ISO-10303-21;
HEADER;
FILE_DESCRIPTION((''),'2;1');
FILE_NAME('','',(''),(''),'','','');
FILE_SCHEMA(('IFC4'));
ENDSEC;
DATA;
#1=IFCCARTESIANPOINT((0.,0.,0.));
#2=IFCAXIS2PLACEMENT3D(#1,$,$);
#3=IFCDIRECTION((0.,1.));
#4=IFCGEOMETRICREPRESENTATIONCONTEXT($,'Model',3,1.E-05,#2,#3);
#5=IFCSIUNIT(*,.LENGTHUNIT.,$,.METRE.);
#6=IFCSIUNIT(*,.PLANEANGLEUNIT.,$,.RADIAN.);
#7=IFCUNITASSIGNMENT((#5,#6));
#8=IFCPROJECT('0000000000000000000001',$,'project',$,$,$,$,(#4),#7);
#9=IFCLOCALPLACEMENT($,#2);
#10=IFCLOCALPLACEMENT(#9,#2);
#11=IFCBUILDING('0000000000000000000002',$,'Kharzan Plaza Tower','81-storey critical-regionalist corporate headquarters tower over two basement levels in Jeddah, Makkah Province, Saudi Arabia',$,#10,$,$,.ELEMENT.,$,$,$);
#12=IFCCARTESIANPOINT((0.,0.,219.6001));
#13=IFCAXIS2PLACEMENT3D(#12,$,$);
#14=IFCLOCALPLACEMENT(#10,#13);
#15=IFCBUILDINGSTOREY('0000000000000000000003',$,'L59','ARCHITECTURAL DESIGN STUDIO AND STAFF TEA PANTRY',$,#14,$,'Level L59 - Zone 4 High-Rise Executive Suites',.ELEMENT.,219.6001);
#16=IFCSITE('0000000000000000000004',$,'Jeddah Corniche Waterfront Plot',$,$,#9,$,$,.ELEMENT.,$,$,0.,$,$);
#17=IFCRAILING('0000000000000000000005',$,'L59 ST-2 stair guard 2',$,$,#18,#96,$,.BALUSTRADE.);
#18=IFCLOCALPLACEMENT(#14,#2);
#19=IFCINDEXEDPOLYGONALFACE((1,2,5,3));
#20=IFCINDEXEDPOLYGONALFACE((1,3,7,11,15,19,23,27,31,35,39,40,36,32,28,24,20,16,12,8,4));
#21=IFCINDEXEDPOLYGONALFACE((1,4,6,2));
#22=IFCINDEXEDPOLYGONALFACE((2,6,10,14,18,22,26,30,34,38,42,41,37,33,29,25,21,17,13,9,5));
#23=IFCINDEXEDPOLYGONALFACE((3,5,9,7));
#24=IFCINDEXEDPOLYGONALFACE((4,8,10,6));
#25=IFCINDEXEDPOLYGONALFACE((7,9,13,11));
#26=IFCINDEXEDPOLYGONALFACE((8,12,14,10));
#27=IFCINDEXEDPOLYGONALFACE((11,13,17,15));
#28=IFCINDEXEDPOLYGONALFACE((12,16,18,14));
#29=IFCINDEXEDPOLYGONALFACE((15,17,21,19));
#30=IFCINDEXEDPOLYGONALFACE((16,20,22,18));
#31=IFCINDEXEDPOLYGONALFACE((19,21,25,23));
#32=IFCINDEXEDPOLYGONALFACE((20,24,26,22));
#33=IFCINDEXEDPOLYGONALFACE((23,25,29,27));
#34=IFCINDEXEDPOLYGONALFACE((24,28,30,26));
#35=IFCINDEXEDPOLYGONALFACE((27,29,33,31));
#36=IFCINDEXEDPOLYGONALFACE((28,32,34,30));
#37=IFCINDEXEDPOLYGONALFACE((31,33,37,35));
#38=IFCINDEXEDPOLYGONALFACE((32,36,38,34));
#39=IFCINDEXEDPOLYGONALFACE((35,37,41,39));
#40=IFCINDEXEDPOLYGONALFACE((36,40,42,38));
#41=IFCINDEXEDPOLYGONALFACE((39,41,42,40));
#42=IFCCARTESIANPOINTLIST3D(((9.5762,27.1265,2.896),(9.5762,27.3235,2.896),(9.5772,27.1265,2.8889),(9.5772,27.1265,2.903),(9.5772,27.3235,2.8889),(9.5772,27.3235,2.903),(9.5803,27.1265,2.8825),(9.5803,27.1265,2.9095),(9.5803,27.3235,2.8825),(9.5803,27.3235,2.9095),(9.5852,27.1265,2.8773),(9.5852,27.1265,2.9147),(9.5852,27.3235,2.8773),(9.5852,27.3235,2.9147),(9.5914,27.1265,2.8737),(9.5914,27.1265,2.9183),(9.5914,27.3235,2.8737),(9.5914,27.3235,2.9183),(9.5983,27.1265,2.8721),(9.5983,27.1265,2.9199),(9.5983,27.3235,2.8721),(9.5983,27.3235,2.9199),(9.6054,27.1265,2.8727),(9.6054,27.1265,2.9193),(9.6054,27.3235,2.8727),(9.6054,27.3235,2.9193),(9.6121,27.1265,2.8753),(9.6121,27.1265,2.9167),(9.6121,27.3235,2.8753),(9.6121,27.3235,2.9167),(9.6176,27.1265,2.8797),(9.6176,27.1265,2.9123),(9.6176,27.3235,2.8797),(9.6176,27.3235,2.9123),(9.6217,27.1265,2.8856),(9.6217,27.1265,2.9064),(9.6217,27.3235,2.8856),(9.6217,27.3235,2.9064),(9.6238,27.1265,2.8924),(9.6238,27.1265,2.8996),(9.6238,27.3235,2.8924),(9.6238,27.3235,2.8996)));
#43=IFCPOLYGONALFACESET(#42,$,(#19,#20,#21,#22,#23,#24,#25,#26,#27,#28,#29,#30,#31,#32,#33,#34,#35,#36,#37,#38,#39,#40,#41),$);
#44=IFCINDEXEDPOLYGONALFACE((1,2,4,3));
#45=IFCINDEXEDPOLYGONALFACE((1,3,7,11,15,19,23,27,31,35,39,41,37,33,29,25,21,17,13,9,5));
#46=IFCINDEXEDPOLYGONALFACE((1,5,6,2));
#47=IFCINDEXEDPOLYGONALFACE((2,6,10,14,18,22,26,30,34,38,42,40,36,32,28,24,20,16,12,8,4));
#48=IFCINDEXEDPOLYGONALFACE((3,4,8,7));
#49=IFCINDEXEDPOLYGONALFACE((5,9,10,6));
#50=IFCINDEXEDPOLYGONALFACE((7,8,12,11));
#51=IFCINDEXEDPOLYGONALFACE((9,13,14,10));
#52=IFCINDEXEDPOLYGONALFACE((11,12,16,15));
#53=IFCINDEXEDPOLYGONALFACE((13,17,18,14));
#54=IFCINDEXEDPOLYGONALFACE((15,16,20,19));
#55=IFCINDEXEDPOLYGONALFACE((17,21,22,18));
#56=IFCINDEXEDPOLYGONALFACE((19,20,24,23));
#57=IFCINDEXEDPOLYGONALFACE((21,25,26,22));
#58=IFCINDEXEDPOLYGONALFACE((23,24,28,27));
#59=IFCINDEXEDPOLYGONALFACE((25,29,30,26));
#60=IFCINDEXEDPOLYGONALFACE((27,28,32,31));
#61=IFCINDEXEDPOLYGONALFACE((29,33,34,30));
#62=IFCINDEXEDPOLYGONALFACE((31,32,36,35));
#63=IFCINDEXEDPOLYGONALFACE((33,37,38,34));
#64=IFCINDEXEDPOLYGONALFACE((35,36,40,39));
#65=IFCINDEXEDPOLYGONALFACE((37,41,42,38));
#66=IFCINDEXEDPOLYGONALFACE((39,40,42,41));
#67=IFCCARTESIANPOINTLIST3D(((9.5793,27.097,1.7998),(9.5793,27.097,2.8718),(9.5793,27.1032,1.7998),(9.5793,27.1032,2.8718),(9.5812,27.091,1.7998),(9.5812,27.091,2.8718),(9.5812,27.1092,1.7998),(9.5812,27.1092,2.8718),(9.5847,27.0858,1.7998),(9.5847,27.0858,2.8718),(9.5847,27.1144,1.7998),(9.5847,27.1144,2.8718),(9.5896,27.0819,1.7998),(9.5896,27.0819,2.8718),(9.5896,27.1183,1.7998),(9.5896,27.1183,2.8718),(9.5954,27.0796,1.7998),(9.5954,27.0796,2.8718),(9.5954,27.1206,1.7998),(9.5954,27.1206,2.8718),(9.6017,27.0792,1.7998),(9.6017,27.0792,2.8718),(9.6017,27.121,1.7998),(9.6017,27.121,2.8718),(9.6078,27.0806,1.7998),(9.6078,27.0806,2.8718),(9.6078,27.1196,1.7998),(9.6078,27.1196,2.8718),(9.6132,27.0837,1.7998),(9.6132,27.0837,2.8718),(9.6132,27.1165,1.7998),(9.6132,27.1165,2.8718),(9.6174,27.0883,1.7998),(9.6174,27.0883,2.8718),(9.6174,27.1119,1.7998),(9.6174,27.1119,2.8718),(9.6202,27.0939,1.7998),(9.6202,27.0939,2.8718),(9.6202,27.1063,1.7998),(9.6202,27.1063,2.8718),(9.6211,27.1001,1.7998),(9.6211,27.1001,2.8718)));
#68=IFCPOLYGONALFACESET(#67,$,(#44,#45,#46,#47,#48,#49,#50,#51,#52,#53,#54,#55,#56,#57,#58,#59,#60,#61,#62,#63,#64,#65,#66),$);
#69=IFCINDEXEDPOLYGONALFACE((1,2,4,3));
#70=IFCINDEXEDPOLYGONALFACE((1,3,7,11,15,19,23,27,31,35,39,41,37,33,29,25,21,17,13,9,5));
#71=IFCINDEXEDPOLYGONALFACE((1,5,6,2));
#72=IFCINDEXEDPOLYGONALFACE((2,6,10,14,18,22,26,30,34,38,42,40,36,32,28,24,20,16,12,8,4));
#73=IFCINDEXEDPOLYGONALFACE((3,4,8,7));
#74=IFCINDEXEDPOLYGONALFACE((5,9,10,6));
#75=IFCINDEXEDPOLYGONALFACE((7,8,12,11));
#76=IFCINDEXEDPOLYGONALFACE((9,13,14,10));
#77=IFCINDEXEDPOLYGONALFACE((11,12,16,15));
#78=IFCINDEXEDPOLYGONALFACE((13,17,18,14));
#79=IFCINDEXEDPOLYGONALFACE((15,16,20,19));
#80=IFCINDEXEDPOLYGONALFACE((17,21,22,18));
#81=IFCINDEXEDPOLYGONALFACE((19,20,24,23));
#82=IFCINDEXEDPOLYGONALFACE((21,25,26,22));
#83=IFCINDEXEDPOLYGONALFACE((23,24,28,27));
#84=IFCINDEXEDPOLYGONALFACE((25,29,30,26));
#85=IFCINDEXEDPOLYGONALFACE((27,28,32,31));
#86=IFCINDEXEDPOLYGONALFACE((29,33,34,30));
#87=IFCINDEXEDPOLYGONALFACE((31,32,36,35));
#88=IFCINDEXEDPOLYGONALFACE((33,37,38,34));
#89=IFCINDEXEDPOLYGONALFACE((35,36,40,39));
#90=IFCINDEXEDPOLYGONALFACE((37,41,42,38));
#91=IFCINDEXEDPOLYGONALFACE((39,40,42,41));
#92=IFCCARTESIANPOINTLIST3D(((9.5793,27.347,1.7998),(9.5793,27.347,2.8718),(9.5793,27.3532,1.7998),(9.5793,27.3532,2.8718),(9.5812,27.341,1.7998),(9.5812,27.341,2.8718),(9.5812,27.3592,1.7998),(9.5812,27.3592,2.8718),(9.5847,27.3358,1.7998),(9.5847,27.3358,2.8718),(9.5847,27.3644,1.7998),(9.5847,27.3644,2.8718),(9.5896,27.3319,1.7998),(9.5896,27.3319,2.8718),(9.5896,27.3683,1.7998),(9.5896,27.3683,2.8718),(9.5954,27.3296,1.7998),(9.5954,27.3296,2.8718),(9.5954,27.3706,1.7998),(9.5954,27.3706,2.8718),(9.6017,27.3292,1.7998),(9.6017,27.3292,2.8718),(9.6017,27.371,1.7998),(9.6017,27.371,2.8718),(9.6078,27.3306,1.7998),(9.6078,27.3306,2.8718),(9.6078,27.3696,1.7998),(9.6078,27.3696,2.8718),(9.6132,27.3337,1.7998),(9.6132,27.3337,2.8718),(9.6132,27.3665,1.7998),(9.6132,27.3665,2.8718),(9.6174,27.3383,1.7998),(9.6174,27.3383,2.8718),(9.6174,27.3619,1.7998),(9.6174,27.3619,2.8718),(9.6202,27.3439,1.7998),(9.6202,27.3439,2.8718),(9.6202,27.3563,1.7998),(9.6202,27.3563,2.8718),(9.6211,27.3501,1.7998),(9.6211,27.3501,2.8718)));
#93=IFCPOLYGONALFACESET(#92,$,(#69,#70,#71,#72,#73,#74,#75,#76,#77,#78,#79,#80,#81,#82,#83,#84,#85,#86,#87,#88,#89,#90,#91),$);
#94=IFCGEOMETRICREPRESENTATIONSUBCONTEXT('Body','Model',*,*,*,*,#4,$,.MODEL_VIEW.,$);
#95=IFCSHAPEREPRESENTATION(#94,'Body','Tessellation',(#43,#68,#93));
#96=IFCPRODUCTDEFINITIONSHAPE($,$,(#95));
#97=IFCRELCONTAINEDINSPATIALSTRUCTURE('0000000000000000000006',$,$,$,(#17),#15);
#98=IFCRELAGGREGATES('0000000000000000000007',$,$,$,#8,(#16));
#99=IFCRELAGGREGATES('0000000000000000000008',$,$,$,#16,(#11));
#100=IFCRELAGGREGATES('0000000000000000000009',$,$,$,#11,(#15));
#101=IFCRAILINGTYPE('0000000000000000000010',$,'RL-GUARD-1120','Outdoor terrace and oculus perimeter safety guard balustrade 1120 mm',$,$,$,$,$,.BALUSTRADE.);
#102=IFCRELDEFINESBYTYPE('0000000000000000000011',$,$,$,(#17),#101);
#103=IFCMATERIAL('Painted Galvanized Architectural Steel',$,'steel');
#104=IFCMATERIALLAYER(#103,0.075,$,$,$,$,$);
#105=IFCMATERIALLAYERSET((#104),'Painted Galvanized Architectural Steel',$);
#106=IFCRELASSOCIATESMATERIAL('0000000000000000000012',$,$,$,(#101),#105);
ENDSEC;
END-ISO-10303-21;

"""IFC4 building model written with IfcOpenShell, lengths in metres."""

from ifc_helpers import new_model, si_unit, direction, frame, origin, origin_2d, place, context, subcontext, project, spatial, circle, extrude, source, transform, mapped, material, layer, layer_set, type_object, element, save


model = new_model("IFC4")

# Units and contexts
model_context = context("Model", 3, precision=1e-05, world=origin(), true_north=direction((0.0, 1.0)))
body_context = subcontext(model_context, "Body", "Model", "MODEL_VIEW")
ifc_project = project(units=[si_unit("LENGTHUNIT", "METRE"), si_unit("PLANEANGLEUNIT", "RADIAN")], contexts=[model_context])

# Site, building, storey
site_placement = place(None, origin())
site = spatial("IfcSite", under=ifc_project, at=site_placement, Name="Jeddah Corniche Waterfront Plot", CompositionType="ELEMENT", RefElevation=0.0)
building_placement = place(site_placement, origin())
building = spatial("IfcBuilding", under=site, at=building_placement, Name="Kharzan Plaza Tower", Description="81-storey critical-regionalist corporate headquarters tower over two basement levels in Jeddah, Makkah Province, Saudi Arabia", CompositionType="ELEMENT")
storey_placement = place(building_placement, frame((0.0, 0.0, 219.6001)))
storey = spatial("IfcBuildingStorey", under=building, at=storey_placement, Name="L59", Description="ARCHITECTURAL DESIGN STUDIO AND STAFF TEA PANTRY", LongName="Level L59 - Zone 4 High-Rise Executive Suites", CompositionType="ELEMENT", Elevation=219.6001)

# Railing
ifc_material_1 = material(Name="Painted Galvanized Architectural Steel", Category="steel")
ifc_layer_1 = layer(ifc_material_1, 0.075)
ifc_layer_set_1 = layer_set([ifc_layer_1], Name="Painted Galvanized Architectural Steel")
railing_type_1 = type_object("IfcRailingType", Name="RL-GUARD-1120", Description="Outdoor terrace and oculus perimeter safety guard balustrade 1120 mm", PredefinedType="BALUSTRADE", material=ifc_layer_set_1)
shared_shape_1 = source(origin(), body_context, "Body", "SweptSolid", [
    extrude(circle(Radius=0.0239, at=origin_2d()), frame((0.0, 0.0264, 1.0962), z_axis=(0.0, 1.0, 0.0), x_axis=(-1.0, 0.0, 0.0)), (0.0, 0.0, 1.0), 0.197),
    extrude(circle(Radius=0.021, at=origin_2d()), origin(), (0.0, 0.0, 1.0), 1.072),
    extrude(circle(Radius=0.021, at=origin_2d()), frame((0.0, 0.25, 0.0)), (0.0, 0.0, 1.0), 1.072),
])
railing_1_placement = place(storey_placement, frame((9.6001, 27.1001, 1.7998)))
element("IfcRailing", 1, at=railing_1_placement, inside=storey, type_object=railing_type_1, Name="L59 ST-2 stair guard 2", PredefinedType="BALUSTRADE", context=body_context, shape_type="MappedRepresentation", body=[
    mapped(shared_shape_1, transform((0.0, 0.0, 0.0), x_axis=(1.0, 0.0, 0.0), y_axis=(0.0, 1.0, 0.0), z_axis=(0.0, 0.0, 1.0))),
])

save(model, "model.ifc")
